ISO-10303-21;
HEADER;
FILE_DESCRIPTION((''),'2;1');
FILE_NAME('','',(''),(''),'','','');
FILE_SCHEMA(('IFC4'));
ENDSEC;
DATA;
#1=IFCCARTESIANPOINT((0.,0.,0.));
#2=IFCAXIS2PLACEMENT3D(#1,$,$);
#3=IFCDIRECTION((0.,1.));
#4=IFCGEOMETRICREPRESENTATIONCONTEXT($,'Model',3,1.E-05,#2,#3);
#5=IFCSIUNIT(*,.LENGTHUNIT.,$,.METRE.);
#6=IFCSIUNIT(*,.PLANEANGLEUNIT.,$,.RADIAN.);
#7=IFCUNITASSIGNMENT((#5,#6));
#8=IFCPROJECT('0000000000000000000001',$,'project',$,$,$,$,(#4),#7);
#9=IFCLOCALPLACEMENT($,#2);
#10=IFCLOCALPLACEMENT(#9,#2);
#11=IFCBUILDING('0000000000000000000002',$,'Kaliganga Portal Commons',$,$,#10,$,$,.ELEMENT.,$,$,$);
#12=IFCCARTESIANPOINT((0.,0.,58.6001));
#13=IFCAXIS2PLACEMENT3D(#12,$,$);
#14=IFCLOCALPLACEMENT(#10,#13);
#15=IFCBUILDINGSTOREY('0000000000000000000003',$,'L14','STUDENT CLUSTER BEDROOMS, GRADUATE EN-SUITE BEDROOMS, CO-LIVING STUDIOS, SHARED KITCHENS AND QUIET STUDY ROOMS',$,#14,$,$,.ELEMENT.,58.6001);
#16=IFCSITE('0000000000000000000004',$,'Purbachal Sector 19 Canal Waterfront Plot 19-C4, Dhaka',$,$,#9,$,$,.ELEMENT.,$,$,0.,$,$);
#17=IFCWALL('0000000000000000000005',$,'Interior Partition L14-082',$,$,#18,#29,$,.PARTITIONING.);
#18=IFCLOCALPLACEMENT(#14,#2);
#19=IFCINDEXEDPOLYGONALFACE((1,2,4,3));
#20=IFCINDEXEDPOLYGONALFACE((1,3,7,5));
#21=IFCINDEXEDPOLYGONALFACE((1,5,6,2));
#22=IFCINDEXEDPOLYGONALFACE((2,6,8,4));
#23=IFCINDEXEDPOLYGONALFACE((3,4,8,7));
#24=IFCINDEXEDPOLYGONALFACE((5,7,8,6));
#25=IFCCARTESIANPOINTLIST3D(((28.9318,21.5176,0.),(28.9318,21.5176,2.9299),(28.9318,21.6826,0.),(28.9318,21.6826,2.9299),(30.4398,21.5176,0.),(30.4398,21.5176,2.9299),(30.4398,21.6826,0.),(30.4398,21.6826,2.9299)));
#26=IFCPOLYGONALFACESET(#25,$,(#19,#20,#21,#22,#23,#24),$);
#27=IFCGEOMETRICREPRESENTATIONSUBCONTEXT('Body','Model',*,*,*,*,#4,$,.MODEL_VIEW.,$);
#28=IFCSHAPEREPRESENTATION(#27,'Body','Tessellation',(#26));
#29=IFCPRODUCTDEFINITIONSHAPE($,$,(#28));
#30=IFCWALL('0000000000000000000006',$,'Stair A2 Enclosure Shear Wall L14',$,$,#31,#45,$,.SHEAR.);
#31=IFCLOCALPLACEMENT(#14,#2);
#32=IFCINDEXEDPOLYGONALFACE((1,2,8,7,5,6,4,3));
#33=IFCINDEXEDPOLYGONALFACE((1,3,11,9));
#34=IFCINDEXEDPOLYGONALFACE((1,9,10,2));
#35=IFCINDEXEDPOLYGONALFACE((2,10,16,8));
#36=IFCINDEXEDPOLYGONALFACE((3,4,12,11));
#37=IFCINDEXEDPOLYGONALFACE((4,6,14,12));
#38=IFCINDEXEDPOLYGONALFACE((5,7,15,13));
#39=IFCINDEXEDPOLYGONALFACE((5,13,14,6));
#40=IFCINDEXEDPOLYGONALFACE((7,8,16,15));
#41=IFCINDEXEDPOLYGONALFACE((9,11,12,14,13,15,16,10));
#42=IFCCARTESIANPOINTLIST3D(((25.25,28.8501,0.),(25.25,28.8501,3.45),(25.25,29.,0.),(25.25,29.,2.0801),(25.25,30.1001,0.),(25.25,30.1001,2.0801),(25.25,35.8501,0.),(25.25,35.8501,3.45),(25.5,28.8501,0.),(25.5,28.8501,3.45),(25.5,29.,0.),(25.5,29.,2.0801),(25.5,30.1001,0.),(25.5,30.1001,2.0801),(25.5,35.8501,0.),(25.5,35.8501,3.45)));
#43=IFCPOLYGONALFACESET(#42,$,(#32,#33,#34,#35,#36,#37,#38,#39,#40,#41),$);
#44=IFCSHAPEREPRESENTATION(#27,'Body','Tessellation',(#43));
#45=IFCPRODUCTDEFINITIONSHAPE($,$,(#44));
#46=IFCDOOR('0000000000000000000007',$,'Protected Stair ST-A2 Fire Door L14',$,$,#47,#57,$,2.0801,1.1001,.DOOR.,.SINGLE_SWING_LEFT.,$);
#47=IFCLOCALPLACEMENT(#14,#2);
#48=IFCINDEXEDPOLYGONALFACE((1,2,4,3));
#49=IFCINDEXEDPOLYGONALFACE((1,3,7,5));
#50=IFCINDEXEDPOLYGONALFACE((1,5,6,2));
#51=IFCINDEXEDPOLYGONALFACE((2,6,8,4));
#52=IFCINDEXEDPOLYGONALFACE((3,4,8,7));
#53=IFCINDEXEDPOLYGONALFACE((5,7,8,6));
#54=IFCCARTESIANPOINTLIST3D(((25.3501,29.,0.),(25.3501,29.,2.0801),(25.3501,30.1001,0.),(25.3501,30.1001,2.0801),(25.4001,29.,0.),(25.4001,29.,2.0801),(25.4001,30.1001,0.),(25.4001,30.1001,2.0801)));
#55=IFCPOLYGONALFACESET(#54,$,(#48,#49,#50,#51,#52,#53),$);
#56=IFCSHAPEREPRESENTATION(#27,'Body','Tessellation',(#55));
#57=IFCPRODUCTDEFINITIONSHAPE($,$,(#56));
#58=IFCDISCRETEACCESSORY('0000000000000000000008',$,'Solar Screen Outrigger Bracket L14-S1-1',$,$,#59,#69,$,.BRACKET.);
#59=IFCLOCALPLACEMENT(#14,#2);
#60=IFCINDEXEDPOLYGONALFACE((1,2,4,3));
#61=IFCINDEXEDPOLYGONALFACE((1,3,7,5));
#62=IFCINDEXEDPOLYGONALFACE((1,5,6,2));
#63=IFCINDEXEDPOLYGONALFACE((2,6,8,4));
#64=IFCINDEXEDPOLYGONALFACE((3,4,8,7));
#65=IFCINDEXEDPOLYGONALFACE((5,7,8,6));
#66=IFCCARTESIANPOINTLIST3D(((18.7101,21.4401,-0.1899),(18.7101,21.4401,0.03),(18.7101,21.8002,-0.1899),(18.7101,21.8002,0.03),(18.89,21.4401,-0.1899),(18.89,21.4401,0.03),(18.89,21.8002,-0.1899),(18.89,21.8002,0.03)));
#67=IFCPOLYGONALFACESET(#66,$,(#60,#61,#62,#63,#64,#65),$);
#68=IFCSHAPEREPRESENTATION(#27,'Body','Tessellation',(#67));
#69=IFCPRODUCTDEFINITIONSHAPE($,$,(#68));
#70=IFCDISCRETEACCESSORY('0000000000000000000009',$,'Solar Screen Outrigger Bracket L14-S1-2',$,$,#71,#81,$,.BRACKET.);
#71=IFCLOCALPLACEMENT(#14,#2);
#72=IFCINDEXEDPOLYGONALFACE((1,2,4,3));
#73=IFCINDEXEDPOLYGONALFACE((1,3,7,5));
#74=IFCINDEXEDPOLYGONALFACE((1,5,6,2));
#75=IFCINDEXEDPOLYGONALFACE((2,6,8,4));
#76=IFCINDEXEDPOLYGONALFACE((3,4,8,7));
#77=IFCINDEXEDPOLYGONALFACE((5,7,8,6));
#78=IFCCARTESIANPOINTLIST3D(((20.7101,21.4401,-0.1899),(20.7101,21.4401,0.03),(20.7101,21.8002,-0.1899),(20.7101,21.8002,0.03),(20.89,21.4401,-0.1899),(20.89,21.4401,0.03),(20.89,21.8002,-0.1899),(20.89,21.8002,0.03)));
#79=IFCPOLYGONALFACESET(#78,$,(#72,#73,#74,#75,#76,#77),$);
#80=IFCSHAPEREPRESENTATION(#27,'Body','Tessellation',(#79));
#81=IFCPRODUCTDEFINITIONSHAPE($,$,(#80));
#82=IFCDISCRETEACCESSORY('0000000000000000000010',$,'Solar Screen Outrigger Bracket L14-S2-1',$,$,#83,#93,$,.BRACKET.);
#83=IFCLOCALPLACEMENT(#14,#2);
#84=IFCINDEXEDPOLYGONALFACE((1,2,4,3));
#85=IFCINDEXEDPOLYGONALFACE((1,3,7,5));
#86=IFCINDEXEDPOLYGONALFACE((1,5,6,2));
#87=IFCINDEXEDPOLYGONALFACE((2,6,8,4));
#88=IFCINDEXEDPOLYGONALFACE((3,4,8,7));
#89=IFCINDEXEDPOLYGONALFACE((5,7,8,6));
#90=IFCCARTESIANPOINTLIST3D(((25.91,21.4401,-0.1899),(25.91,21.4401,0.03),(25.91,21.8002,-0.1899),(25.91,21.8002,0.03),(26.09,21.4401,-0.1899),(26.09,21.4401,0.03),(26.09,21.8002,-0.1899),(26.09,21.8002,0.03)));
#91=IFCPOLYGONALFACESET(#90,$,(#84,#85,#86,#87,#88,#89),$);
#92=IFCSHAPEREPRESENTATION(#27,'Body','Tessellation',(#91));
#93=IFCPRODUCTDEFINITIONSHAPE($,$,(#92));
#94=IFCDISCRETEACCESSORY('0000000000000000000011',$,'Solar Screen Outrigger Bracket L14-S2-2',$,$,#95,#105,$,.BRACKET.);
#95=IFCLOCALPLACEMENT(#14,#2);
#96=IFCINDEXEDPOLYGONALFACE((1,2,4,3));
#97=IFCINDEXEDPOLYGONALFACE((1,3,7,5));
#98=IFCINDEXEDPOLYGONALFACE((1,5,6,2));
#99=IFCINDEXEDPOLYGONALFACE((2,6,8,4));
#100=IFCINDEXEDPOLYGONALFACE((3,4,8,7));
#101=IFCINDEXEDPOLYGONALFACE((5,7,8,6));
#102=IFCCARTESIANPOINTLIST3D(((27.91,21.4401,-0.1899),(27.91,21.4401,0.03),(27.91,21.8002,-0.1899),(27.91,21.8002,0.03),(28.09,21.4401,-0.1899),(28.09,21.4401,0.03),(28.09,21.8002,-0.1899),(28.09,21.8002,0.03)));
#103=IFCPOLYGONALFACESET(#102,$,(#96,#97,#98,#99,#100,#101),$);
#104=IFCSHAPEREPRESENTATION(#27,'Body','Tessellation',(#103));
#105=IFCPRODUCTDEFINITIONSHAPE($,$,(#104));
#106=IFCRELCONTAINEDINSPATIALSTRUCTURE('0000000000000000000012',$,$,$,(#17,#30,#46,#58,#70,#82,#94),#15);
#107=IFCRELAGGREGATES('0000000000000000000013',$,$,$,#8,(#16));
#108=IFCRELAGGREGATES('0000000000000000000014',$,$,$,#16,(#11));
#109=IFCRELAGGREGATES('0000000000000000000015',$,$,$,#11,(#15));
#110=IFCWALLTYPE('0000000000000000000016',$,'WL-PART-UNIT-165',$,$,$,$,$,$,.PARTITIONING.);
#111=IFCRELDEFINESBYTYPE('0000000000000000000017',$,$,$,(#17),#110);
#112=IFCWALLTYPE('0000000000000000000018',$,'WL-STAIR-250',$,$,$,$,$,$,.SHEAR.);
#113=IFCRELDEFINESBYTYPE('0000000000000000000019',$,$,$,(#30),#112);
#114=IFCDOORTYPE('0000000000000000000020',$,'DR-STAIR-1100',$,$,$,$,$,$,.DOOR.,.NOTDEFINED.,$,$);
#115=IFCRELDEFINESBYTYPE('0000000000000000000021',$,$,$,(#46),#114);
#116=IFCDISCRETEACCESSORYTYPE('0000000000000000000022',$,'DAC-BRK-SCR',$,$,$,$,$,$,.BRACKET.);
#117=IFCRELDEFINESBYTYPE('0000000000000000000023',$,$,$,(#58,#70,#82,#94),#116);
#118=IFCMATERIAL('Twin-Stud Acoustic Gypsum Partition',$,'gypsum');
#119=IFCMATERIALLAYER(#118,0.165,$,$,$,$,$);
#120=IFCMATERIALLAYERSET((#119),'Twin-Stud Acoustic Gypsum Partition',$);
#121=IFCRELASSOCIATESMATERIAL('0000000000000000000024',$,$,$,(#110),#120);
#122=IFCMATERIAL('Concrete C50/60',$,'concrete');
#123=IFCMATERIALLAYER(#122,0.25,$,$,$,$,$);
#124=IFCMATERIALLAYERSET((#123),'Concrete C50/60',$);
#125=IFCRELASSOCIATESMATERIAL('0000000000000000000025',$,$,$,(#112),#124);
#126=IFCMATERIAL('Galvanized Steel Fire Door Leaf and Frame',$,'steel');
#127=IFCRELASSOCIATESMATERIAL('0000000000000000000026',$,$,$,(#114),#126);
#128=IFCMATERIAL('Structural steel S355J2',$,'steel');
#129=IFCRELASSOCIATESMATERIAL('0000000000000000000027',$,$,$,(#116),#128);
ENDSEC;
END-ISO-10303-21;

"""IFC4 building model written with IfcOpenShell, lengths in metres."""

from ifc_helpers import new_model, si_unit, direction, frame, frame_2d, origin, origin_2d, place, context, subcontext, project, spatial, rectangle, extrude, source, transform, mapped, material, layer, layer_set, type_object, element, fill, save


model = new_model("IFC4")

# Units and contexts
model_context = context("Model", 3, precision=1e-05, world=origin(), true_north=direction((0.0, 1.0)))
body_context = subcontext(model_context, "Body", "Model", "MODEL_VIEW")
ifc_project = project(units=[si_unit("LENGTHUNIT", "METRE"), si_unit("PLANEANGLEUNIT", "RADIAN")], contexts=[model_context])

# Site, building, storey
site_placement = place(None, origin())
site = spatial("IfcSite", under=ifc_project, at=site_placement, Name="Purbachal Sector 19 Canal Waterfront Plot 19-C4, Dhaka", CompositionType="ELEMENT", RefElevation=0.0)
building_placement = place(site_placement, origin())
building = spatial("IfcBuilding", under=site, at=building_placement, Name="Kaliganga Portal Commons", CompositionType="ELEMENT")
storey_placement = place(building_placement, frame((0.0, 0.0, 58.6001)))
storey = spatial("IfcBuildingStorey", under=building, at=storey_placement, Name="L14", Description="STUDENT CLUSTER BEDROOMS, GRADUATE EN-SUITE BEDROOMS, CO-LIVING STUDIOS, SHARED KITCHENS AND QUIET STUDY ROOMS", CompositionType="ELEMENT", Elevation=58.6001)

# Shared definitions
ifc_material_1 = material(Name="Structural steel S355J2", Category="steel")

# Wall
ifc_material_2 = material(Name="Twin-Stud Acoustic Gypsum Partition", Category="gypsum")
ifc_layer_1 = layer(ifc_material_2, 0.165)
ifc_layer_set_1 = layer_set([ifc_layer_1], Name="Twin-Stud Acoustic Gypsum Partition")
wall_type_1 = type_object("IfcWallType", Name="WL-PART-UNIT-165", PredefinedType="PARTITIONING", material=ifc_layer_set_1)
wall_1_placement = place(storey_placement, frame((28.9319, 21.6001, 0.0), z_axis=(0.0, 0.0, 1.0), x_axis=(1.0, 0.0, 0.0)))
element("IfcWall", 1, at=wall_1_placement, inside=storey, type_object=wall_type_1, Name="Interior Partition L14-082", PredefinedType="PARTITIONING", context=body_context, shape_type="SweptSolid", body=[
    extrude(rectangle(XDim=1.5081, YDim=0.165, at=frame_2d((0.7539, 0.0))), origin(), (0.0, 0.0, 1.0), 2.9299),
])

# Wall, opening, door
ifc_material_3 = material(Name="Concrete C50/60", Category="concrete")
ifc_layer_2 = layer(ifc_material_3, 0.25)
ifc_layer_set_2 = layer_set([ifc_layer_2], Name="Concrete C50/60")
wall_type_2 = type_object("IfcWallType", Name="WL-STAIR-250", PredefinedType="SHEAR", material=ifc_layer_set_2)
wall_2_placement = place(storey_placement, frame((25.375, 28.8501, 0.0), z_axis=(0.0, 0.0, 1.0), x_axis=(0.0, 1.0, 0.0)))
wall_2 = element("IfcWall", 2, at=wall_2_placement, inside=storey, type_object=wall_type_2, Name="Stair A2 Enclosure Shear Wall L14", PredefinedType="SHEAR", context=body_context, shape_type="SweptSolid", body=[
    extrude(rectangle(XDim=7.0, YDim=0.25, at=frame_2d((3.5, 0.0))), origin(), (0.0, 0.0, 1.0), 3.45),
])
opening_1_placement = place(wall_2_placement, frame((0.1499, 0.0, 0.0)))
opening_1 = element("IfcOpeningElement", 3, at=opening_1_placement, cuts=wall_2, PredefinedType="OPENING", context=body_context, shape_type="SweptSolid", body=[
    extrude(rectangle(XDim=1.1001, YDim=2.0801, at=frame_2d((0.55, 1.04))), frame((0.0, 0.135, 0.0), z_axis=(0.0, -1.0, 0.0), x_axis=(1.0, 0.0, 0.0)), (0.0, 0.0, 1.0), 0.27),
])
ifc_material_4 = material(Name="Galvanized Steel Fire Door Leaf and Frame", Category="steel")
door_type_1 = type_object("IfcDoorType", Name="DR-STAIR-1100", OperationType="NOTDEFINED", PredefinedType="DOOR", material=ifc_material_4)
door_1_placement = place(opening_1_placement, origin())
door_1 = element("IfcDoor", 4, at=door_1_placement, inside=storey, type_object=door_type_1, Name="Protected Stair ST-A2 Fire Door L14", OperationType="SINGLE_SWING_LEFT", OverallHeight=2.0801, OverallWidth=1.1001, PredefinedType="DOOR", context=body_context, shape_type="SweptSolid", body=[
    extrude(rectangle(XDim=1.1001, YDim=2.0801, at=frame_2d((0.55, 1.04))), frame((0.0, 0.0249, 0.0), z_axis=(0.0, -1.0, 0.0), x_axis=(1.0, 0.0, 0.0)), (0.0, 0.0, 1.0), 0.05),
])
fill(opening_1, door_1)

# Discrete accessories
discrete_accessory_type = type_object("IfcDiscreteAccessoryType", Name="DAC-BRK-SCR", PredefinedType="BRACKET", material=ifc_material_1)
shared_shape_1 = source(origin(), body_context, "Body", "SweptSolid", [
    extrude(rectangle(XDim=0.1799, YDim=0.3601, at=origin_2d()), origin(), (0.0, 0.0, 1.0), 0.22),
])
for number, where, z_axis, x_axis, name in (
    (5, (18.8, 21.6201, -0.1899), (0.0, 0.0, 1.0), (1.0, 0.0, 0.0), "Solar Screen Outrigger Bracket L14-S1-1"),
    (6, (20.8, 21.6201, -0.1899), (0.0, 0.0, 1.0), (1.0, 0.0, 0.0), "Solar Screen Outrigger Bracket L14-S1-2"),
    (7, (26.0, 21.6201, -0.1899), (0.0, 0.0, 1.0), (1.0, 0.0, 0.0), "Solar Screen Outrigger Bracket L14-S2-1"),
    (8, (28.0, 21.6201, -0.1899), (0.0, 0.0, 1.0), (1.0, 0.0, 0.0), "Solar Screen Outrigger Bracket L14-S2-2"),
):
    element("IfcDiscreteAccessory", number, at=place(storey_placement, frame(where, z_axis=z_axis, x_axis=x_axis)), inside=storey, type_object=discrete_accessory_type, Name=name, PredefinedType="BRACKET", context=body_context, shape_type="MappedRepresentation", body=[
        mapped(shared_shape_1, transform((0.0, 0.0, 0.0), x_axis=(1.0, 0.0, 0.0), y_axis=(0.0, 1.0, 0.0), z_axis=(0.0, 0.0, 1.0), scale=1.0)),
    ])

save(model, "model.ifc")
